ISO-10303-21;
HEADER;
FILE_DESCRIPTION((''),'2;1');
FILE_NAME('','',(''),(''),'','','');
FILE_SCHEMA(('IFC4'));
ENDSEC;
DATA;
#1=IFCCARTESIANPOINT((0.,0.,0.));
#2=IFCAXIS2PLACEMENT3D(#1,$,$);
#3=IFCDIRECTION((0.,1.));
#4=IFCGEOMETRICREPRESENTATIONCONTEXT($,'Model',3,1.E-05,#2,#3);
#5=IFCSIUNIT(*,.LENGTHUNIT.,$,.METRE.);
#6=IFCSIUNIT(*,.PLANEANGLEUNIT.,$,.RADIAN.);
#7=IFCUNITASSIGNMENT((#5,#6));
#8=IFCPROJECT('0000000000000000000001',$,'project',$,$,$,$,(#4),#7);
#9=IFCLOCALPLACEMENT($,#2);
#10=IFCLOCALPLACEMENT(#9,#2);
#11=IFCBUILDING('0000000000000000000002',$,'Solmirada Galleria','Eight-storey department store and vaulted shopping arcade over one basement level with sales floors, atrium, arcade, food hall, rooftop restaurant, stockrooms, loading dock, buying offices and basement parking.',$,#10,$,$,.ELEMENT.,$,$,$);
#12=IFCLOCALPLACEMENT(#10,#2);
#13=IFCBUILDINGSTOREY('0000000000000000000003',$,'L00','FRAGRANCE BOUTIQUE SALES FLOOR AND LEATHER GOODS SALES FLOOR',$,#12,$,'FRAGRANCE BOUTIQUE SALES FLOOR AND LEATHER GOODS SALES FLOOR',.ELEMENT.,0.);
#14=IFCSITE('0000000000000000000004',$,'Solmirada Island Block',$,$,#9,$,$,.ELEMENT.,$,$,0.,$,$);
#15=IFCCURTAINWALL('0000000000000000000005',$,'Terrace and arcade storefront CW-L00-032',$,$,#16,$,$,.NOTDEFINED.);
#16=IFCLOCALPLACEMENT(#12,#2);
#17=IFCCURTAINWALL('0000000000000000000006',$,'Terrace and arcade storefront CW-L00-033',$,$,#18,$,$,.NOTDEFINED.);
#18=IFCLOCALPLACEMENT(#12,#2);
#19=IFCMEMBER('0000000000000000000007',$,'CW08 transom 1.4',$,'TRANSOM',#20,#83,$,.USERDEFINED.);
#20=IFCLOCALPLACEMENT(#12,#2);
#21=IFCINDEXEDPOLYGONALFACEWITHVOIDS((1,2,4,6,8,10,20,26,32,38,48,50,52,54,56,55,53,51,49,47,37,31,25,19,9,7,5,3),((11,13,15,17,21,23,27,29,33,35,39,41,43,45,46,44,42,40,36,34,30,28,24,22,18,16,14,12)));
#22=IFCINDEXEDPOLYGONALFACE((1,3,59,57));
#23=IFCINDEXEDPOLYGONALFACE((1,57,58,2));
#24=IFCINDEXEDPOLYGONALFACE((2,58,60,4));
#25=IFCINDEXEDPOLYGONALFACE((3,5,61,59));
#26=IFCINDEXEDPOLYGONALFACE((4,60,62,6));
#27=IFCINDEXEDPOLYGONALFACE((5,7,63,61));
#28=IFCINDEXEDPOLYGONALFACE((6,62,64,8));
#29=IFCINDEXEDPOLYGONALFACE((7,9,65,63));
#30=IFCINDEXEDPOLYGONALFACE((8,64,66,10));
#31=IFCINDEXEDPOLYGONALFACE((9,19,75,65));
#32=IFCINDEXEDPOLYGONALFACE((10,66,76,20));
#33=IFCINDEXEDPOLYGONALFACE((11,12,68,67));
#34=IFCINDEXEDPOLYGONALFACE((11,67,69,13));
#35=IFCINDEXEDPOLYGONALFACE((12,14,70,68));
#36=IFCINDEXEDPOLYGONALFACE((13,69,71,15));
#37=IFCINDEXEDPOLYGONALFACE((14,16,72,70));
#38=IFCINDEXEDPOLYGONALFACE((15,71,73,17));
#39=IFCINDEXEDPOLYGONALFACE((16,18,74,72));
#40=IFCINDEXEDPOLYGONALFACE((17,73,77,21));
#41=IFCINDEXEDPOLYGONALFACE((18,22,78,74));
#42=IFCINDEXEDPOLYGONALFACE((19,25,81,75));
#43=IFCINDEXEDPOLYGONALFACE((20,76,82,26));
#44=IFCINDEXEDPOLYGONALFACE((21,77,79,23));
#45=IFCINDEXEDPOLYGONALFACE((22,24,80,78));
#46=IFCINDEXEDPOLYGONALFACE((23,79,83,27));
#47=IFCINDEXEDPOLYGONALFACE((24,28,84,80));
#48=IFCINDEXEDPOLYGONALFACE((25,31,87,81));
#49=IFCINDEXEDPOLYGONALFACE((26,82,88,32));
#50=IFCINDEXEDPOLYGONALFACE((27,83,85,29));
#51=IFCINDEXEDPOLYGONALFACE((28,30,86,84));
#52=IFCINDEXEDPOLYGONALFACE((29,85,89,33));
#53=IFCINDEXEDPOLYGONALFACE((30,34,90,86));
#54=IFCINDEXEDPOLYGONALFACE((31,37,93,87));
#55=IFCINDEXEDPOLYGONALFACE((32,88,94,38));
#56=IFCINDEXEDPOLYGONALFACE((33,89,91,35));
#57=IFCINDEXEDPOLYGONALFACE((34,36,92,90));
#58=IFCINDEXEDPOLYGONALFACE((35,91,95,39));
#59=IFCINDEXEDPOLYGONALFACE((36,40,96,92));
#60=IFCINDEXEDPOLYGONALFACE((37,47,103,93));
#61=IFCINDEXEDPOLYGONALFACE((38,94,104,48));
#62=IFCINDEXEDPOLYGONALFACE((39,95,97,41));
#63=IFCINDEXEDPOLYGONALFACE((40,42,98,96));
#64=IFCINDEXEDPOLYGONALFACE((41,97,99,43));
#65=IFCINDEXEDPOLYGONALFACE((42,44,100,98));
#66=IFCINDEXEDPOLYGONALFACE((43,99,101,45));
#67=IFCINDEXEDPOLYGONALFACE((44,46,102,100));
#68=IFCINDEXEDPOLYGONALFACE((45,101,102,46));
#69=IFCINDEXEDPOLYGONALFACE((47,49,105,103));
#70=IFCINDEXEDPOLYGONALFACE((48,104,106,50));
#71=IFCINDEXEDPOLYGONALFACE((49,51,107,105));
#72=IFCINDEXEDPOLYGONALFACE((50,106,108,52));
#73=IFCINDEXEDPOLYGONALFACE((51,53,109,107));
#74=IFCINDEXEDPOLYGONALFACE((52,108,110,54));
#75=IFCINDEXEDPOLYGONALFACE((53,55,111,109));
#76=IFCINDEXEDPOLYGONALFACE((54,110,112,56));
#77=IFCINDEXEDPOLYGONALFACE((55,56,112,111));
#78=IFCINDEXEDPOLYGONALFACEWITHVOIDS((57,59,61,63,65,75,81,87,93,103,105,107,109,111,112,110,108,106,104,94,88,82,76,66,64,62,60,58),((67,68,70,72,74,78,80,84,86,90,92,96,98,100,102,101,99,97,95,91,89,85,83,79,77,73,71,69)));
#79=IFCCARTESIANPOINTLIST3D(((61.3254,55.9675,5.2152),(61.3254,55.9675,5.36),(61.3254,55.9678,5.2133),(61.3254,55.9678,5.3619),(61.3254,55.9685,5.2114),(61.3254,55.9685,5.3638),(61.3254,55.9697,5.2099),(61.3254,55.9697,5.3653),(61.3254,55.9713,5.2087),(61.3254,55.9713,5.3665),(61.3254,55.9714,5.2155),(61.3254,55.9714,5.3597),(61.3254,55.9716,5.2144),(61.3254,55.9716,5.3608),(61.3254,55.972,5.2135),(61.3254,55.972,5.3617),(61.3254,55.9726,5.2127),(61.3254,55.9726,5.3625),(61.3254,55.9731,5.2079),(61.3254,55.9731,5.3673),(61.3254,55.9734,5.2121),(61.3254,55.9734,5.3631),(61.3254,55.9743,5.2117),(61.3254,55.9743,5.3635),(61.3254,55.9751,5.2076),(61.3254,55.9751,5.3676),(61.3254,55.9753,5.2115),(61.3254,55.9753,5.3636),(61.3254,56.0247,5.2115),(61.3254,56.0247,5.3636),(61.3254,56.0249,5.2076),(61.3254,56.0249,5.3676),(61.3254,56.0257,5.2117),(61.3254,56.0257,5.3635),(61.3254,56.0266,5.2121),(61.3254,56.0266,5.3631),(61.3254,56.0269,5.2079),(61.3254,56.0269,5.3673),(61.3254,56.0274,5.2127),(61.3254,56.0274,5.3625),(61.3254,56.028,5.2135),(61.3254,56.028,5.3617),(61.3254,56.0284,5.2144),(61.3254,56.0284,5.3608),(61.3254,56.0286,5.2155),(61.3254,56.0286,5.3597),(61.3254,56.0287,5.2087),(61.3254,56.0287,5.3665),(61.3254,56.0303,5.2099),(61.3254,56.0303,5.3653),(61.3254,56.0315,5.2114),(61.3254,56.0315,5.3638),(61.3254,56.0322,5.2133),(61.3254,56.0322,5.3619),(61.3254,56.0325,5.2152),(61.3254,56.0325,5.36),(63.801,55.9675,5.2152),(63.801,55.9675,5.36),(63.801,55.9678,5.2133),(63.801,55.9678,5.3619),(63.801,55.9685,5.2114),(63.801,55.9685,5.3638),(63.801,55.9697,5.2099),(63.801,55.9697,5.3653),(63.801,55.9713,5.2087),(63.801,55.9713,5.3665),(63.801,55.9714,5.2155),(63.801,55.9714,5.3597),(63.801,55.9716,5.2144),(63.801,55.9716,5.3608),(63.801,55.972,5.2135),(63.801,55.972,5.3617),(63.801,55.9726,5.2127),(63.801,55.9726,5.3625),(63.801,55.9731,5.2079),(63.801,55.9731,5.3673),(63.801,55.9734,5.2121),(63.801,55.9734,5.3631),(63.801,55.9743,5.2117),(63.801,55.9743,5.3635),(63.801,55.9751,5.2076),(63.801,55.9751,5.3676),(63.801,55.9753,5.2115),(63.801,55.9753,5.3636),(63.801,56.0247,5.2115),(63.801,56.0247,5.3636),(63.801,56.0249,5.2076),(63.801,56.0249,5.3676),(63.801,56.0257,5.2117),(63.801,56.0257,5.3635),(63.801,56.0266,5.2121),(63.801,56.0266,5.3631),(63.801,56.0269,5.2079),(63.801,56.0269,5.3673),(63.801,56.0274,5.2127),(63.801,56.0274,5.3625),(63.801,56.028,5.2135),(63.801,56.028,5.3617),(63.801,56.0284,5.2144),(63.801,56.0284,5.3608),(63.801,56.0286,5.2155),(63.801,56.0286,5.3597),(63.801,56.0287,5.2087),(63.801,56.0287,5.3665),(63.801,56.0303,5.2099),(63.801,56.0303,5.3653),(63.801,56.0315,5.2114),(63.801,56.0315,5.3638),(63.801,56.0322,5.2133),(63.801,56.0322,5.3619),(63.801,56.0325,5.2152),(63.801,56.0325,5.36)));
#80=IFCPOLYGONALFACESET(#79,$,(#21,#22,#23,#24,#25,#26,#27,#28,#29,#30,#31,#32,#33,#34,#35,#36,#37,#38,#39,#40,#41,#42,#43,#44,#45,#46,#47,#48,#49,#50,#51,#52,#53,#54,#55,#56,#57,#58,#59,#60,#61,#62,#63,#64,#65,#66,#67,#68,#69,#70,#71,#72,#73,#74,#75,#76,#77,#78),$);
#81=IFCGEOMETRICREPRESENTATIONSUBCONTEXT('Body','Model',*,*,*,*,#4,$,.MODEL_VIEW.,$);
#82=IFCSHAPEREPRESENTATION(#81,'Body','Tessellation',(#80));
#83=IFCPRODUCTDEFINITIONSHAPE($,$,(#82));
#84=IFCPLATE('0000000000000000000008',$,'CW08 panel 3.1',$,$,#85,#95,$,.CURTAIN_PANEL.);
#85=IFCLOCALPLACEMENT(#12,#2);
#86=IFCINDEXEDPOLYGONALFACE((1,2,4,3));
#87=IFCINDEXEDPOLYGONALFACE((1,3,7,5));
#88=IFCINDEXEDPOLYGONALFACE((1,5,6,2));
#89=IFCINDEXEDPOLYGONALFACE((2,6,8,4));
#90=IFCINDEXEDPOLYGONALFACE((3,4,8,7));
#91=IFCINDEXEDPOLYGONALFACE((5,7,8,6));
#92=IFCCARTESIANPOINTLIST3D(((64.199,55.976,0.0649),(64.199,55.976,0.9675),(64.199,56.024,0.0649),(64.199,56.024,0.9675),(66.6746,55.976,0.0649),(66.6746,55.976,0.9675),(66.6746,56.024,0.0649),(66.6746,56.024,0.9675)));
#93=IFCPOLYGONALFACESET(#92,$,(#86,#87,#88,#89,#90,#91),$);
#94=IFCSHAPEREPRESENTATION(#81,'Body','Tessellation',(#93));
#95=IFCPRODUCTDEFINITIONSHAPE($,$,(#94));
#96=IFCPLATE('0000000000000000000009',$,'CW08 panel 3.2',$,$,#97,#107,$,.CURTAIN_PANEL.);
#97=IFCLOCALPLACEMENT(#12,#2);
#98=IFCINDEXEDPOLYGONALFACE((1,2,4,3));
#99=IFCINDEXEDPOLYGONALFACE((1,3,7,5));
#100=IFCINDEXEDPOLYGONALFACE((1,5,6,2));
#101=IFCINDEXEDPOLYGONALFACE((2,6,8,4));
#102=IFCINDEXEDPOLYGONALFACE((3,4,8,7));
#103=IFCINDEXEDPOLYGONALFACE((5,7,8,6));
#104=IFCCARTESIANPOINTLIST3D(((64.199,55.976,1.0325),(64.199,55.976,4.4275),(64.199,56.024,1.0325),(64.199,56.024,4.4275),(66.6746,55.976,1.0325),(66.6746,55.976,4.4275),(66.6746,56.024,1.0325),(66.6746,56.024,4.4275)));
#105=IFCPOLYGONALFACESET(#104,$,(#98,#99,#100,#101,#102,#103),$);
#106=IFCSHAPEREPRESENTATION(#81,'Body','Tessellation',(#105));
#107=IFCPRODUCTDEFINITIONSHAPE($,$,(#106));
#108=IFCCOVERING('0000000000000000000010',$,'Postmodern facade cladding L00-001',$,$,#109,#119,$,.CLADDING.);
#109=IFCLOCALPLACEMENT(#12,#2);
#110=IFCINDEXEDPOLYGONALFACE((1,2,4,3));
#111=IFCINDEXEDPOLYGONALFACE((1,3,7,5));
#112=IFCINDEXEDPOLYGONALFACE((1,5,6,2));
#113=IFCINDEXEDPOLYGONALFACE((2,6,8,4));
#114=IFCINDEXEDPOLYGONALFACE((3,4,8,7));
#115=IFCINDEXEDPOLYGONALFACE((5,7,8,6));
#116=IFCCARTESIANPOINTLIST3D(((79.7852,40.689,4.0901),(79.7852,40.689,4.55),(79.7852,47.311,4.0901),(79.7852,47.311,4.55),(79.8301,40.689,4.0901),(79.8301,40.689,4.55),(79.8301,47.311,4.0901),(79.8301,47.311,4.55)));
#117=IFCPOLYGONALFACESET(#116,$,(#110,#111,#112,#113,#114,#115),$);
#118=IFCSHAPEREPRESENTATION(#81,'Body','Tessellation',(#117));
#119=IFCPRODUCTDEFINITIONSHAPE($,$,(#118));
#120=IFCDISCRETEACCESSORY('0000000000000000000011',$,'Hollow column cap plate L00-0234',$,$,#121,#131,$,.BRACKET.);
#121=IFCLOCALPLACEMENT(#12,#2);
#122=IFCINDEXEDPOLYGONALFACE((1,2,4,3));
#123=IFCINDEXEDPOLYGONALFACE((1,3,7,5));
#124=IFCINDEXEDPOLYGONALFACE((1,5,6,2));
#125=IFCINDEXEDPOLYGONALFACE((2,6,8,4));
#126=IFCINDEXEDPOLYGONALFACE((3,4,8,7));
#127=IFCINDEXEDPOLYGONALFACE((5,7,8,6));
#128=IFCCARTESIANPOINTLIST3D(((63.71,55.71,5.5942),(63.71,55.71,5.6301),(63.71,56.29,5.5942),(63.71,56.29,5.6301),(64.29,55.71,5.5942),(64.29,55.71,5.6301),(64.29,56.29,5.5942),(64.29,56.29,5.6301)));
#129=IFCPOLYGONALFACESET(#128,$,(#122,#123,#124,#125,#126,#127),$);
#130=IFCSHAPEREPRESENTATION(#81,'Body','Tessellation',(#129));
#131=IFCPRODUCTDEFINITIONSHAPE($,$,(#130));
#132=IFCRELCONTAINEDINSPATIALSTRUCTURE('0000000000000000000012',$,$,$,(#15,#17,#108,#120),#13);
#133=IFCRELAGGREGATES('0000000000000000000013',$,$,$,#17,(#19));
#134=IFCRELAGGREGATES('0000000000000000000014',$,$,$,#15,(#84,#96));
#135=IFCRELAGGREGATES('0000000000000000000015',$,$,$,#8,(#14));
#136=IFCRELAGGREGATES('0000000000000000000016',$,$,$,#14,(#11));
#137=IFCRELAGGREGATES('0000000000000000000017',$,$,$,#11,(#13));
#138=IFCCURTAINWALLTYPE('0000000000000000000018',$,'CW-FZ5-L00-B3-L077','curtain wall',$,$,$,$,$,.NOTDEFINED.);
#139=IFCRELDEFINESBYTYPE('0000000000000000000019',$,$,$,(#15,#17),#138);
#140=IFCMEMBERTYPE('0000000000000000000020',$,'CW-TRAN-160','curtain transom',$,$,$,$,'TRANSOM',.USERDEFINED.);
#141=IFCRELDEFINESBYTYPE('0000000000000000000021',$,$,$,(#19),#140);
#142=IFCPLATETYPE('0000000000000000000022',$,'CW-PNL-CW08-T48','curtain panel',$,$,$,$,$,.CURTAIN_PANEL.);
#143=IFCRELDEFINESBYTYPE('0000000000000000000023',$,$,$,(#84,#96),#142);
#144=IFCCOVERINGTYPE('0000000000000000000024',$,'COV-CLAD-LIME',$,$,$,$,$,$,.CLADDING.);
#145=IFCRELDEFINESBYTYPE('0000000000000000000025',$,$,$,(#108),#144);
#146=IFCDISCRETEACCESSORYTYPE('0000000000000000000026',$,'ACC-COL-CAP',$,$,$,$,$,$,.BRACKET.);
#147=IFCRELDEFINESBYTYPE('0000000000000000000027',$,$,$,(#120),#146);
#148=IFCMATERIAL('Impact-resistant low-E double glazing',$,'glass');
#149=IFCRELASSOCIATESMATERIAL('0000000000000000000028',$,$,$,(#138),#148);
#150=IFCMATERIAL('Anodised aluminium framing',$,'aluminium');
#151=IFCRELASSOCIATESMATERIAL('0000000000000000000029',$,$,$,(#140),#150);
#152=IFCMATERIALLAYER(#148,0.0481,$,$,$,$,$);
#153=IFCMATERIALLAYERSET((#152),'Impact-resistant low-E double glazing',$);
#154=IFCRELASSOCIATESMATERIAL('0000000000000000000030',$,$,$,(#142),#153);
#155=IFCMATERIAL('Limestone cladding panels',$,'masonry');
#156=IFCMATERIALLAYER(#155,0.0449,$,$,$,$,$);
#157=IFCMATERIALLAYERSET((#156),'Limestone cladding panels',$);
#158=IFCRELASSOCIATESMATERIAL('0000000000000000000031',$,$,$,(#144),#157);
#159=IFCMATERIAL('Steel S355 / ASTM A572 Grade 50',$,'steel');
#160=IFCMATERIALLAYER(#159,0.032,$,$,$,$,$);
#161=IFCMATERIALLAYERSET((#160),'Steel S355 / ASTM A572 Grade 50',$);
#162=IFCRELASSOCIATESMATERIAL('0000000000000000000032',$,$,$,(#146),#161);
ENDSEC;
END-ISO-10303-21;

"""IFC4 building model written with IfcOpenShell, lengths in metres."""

from ifc_helpers import new_model, si_unit, direction, frame, origin, origin_2d, place, context, subcontext, project, spatial, rectangle, hollow_rectangle, extrude, material, layer, layer_set, material_profile, profile_set, type_object, element, aggregate, save


model = new_model("IFC4")

# Units and contexts
model_context = context("Model", 3, precision=1e-05, world=origin(), true_north=direction((0.0, 1.0)))
body_context = subcontext(model_context, "Body", "Model", "MODEL_VIEW")
ifc_project = project(units=[si_unit("LENGTHUNIT", "METRE"), si_unit("PLANEANGLEUNIT", "RADIAN")], contexts=[model_context])

# Site, building, storey
site_placement = place(None, origin())
site = spatial("IfcSite", under=ifc_project, at=site_placement, Name="Solmirada Island Block", CompositionType="ELEMENT", RefElevation=0.0)
building_placement = place(site_placement, origin())
building = spatial("IfcBuilding", under=site, at=building_placement, Name="Solmirada Galleria", Description="Eight-storey department store and vaulted shopping arcade over one basement level with sales floors, atrium, arcade, food hall, rooftop restaurant, stockrooms, loading dock, buying offices and basement parking.", CompositionType="ELEMENT")
storey_placement = place(building_placement, origin())
storey = spatial("IfcBuildingStorey", under=building, at=storey_placement, Name="L00", Description="FRAGRANCE BOUTIQUE SALES FLOOR AND LEATHER GOODS SALES FLOOR", LongName="FRAGRANCE BOUTIQUE SALES FLOOR AND LEATHER GOODS SALES FLOOR", CompositionType="ELEMENT", Elevation=0.0)

# Curtain walls
ifc_material_1 = material(Name="Impact-resistant low-E double glazing", Category="glass")
ifc_material_2 = material(Name="Anodised aluminium framing", Category="aluminium")
curtain_wall_type_1 = type_object("IfcCurtainWallType", Name="CW-FZ5-L00-B3-L077", Description="curtain wall", PredefinedType="NOTDEFINED", material=ifc_material_1)
curtain_wall_1_placement = place(storey_placement, origin())
curtain_wall_1 = element("IfcCurtainWall", 1, at=curtain_wall_1_placement, inside=storey, type_object=curtain_wall_type_1, Name="Terrace and arcade storefront CW-L00-032", PredefinedType="NOTDEFINED")
curtain_wall_2_placement = place(storey_placement, origin())
curtain_wall_2 = element("IfcCurtainWall", 2, at=curtain_wall_2_placement, inside=storey, type_object=curtain_wall_type_1, Name="Terrace and arcade storefront CW-L00-033", PredefinedType="NOTDEFINED")

# Member
ifc_material_profile_1 = material_profile(ifc_material_2, hollow_rectangle(XDim=0.0649, YDim=0.1599, WallThickness=0.0039, InnerFilletRadius=0.0039, OuterFilletRadius=0.0076, at=origin_2d()), Name="ALU-TRAN-160X65")
ifc_profile_set_1 = profile_set([ifc_material_profile_1], Name="Anodised aluminium framing")
member_type_1 = type_object("IfcMemberType", Name="CW-TRAN-160", Description="curtain transom", ElementType="TRANSOM", PredefinedType="USERDEFINED", material=ifc_profile_set_1)
member_1_placement = place(storey_placement, frame((63.801, 56.0, 5.2876), z_axis=(-1.0, 0.0, 0.0), x_axis=(0.0, -1.0, 0.0)))
member_1 = element("IfcMember", 3, at=member_1_placement, type_object=member_type_1, Name="CW08 transom 1.4", ObjectType="TRANSOM", PredefinedType="USERDEFINED", context=body_context, shape_type="SweptSolid", body=[
    extrude(hollow_rectangle(XDim=0.0649, YDim=0.1599, WallThickness=0.0039, InnerFilletRadius=0.0039, OuterFilletRadius=0.0076, at=origin_2d()), origin(), (0.0, 0.0, 1.0), 2.4756),
])
aggregate(curtain_wall_2, [member_1])

# Plates
ifc_layer_1 = layer(ifc_material_1, 0.0481)
ifc_layer_set_1 = layer_set([ifc_layer_1], Name="Impact-resistant low-E double glazing")
plate_type = type_object("IfcPlateType", Name="CW-PNL-CW08-T48", Description="curtain panel", PredefinedType="CURTAIN_PANEL", material=ifc_layer_set_1)
plate_1_placement = place(storey_placement, frame((65.4368, 56.0, 0.0649), z_axis=(0.0, 0.0, 1.0), x_axis=(-1.0, 0.0, 0.0)))
plate_1 = element("IfcPlate", 4, at=plate_1_placement, type_object=plate_type, Name="CW08 panel 3.1", PredefinedType="CURTAIN_PANEL", context=body_context, shape_type="SweptSolid", body=[
    extrude(rectangle(XDim=2.4756, YDim=0.0481, at=origin_2d()), origin(), (0.0, 0.0, 1.0), 0.9026),
])
plate_2_placement = place(storey_placement, frame((65.4368, 56.0, 1.0325), z_axis=(0.0, 0.0, 1.0), x_axis=(-1.0, 0.0, 0.0)))
plate_2 = element("IfcPlate", 5, at=plate_2_placement, type_object=plate_type, Name="CW08 panel 3.2", PredefinedType="CURTAIN_PANEL", context=body_context, shape_type="SweptSolid", body=[
    extrude(rectangle(XDim=2.4756, YDim=0.0481, at=origin_2d()), origin(), (0.0, 0.0, 1.0), 3.395),
])
aggregate(curtain_wall_1, [plate_1, plate_2])

# Covering
ifc_material_3 = material(Name="Limestone cladding panels", Category="masonry")
ifc_layer_2 = layer(ifc_material_3, 0.0449)
ifc_layer_set_2 = layer_set([ifc_layer_2], Name="Limestone cladding panels")
covering_type = type_object("IfcCoveringType", Name="COV-CLAD-LIME", PredefinedType="CLADDING", material=ifc_layer_set_2)
covering_placement = place(storey_placement, frame((79.8076, 44.0, 4.0901), z_axis=(0.0, 0.0, 1.0), x_axis=(0.0, 1.0, 0.0)))
element("IfcCovering", 6, at=covering_placement, inside=storey, type_object=covering_type, Name="Postmodern facade cladding L00-001", PredefinedType="CLADDING", context=body_context, shape_type="SweptSolid", body=[
    extrude(rectangle(XDim=6.6221, YDim=0.0449, at=origin_2d()), origin(), (0.0, 0.0, 1.0), 0.46),
])

# Discrete accessory
ifc_material_4 = material(Name="Steel S355 / ASTM A572 Grade 50", Category="steel")
ifc_layer_3 = layer(ifc_material_4, 0.032)
ifc_layer_set_3 = layer_set([ifc_layer_3], Name="Steel S355 / ASTM A572 Grade 50")
discrete_accessory_type = type_object("IfcDiscreteAccessoryType", Name="ACC-COL-CAP", PredefinedType="BRACKET", material=ifc_layer_set_3)
discrete_accessory_placement = place(storey_placement, frame((64.0, 56.0, 5.5942), z_axis=(0.0, 0.0, 1.0), x_axis=(1.0, 0.0, 0.0)))
element("IfcDiscreteAccessory", 7, at=discrete_accessory_placement, inside=storey, type_object=discrete_accessory_type, Name="Hollow column cap plate L00-0234", PredefinedType="BRACKET", context=body_context, shape_type="SweptSolid", body=[
    extrude(rectangle(XDim=0.5801, YDim=0.5801, at=origin_2d()), origin(), (0.0, 0.0, 1.0), 0.0359),
])

save(model, "model.ifc")
